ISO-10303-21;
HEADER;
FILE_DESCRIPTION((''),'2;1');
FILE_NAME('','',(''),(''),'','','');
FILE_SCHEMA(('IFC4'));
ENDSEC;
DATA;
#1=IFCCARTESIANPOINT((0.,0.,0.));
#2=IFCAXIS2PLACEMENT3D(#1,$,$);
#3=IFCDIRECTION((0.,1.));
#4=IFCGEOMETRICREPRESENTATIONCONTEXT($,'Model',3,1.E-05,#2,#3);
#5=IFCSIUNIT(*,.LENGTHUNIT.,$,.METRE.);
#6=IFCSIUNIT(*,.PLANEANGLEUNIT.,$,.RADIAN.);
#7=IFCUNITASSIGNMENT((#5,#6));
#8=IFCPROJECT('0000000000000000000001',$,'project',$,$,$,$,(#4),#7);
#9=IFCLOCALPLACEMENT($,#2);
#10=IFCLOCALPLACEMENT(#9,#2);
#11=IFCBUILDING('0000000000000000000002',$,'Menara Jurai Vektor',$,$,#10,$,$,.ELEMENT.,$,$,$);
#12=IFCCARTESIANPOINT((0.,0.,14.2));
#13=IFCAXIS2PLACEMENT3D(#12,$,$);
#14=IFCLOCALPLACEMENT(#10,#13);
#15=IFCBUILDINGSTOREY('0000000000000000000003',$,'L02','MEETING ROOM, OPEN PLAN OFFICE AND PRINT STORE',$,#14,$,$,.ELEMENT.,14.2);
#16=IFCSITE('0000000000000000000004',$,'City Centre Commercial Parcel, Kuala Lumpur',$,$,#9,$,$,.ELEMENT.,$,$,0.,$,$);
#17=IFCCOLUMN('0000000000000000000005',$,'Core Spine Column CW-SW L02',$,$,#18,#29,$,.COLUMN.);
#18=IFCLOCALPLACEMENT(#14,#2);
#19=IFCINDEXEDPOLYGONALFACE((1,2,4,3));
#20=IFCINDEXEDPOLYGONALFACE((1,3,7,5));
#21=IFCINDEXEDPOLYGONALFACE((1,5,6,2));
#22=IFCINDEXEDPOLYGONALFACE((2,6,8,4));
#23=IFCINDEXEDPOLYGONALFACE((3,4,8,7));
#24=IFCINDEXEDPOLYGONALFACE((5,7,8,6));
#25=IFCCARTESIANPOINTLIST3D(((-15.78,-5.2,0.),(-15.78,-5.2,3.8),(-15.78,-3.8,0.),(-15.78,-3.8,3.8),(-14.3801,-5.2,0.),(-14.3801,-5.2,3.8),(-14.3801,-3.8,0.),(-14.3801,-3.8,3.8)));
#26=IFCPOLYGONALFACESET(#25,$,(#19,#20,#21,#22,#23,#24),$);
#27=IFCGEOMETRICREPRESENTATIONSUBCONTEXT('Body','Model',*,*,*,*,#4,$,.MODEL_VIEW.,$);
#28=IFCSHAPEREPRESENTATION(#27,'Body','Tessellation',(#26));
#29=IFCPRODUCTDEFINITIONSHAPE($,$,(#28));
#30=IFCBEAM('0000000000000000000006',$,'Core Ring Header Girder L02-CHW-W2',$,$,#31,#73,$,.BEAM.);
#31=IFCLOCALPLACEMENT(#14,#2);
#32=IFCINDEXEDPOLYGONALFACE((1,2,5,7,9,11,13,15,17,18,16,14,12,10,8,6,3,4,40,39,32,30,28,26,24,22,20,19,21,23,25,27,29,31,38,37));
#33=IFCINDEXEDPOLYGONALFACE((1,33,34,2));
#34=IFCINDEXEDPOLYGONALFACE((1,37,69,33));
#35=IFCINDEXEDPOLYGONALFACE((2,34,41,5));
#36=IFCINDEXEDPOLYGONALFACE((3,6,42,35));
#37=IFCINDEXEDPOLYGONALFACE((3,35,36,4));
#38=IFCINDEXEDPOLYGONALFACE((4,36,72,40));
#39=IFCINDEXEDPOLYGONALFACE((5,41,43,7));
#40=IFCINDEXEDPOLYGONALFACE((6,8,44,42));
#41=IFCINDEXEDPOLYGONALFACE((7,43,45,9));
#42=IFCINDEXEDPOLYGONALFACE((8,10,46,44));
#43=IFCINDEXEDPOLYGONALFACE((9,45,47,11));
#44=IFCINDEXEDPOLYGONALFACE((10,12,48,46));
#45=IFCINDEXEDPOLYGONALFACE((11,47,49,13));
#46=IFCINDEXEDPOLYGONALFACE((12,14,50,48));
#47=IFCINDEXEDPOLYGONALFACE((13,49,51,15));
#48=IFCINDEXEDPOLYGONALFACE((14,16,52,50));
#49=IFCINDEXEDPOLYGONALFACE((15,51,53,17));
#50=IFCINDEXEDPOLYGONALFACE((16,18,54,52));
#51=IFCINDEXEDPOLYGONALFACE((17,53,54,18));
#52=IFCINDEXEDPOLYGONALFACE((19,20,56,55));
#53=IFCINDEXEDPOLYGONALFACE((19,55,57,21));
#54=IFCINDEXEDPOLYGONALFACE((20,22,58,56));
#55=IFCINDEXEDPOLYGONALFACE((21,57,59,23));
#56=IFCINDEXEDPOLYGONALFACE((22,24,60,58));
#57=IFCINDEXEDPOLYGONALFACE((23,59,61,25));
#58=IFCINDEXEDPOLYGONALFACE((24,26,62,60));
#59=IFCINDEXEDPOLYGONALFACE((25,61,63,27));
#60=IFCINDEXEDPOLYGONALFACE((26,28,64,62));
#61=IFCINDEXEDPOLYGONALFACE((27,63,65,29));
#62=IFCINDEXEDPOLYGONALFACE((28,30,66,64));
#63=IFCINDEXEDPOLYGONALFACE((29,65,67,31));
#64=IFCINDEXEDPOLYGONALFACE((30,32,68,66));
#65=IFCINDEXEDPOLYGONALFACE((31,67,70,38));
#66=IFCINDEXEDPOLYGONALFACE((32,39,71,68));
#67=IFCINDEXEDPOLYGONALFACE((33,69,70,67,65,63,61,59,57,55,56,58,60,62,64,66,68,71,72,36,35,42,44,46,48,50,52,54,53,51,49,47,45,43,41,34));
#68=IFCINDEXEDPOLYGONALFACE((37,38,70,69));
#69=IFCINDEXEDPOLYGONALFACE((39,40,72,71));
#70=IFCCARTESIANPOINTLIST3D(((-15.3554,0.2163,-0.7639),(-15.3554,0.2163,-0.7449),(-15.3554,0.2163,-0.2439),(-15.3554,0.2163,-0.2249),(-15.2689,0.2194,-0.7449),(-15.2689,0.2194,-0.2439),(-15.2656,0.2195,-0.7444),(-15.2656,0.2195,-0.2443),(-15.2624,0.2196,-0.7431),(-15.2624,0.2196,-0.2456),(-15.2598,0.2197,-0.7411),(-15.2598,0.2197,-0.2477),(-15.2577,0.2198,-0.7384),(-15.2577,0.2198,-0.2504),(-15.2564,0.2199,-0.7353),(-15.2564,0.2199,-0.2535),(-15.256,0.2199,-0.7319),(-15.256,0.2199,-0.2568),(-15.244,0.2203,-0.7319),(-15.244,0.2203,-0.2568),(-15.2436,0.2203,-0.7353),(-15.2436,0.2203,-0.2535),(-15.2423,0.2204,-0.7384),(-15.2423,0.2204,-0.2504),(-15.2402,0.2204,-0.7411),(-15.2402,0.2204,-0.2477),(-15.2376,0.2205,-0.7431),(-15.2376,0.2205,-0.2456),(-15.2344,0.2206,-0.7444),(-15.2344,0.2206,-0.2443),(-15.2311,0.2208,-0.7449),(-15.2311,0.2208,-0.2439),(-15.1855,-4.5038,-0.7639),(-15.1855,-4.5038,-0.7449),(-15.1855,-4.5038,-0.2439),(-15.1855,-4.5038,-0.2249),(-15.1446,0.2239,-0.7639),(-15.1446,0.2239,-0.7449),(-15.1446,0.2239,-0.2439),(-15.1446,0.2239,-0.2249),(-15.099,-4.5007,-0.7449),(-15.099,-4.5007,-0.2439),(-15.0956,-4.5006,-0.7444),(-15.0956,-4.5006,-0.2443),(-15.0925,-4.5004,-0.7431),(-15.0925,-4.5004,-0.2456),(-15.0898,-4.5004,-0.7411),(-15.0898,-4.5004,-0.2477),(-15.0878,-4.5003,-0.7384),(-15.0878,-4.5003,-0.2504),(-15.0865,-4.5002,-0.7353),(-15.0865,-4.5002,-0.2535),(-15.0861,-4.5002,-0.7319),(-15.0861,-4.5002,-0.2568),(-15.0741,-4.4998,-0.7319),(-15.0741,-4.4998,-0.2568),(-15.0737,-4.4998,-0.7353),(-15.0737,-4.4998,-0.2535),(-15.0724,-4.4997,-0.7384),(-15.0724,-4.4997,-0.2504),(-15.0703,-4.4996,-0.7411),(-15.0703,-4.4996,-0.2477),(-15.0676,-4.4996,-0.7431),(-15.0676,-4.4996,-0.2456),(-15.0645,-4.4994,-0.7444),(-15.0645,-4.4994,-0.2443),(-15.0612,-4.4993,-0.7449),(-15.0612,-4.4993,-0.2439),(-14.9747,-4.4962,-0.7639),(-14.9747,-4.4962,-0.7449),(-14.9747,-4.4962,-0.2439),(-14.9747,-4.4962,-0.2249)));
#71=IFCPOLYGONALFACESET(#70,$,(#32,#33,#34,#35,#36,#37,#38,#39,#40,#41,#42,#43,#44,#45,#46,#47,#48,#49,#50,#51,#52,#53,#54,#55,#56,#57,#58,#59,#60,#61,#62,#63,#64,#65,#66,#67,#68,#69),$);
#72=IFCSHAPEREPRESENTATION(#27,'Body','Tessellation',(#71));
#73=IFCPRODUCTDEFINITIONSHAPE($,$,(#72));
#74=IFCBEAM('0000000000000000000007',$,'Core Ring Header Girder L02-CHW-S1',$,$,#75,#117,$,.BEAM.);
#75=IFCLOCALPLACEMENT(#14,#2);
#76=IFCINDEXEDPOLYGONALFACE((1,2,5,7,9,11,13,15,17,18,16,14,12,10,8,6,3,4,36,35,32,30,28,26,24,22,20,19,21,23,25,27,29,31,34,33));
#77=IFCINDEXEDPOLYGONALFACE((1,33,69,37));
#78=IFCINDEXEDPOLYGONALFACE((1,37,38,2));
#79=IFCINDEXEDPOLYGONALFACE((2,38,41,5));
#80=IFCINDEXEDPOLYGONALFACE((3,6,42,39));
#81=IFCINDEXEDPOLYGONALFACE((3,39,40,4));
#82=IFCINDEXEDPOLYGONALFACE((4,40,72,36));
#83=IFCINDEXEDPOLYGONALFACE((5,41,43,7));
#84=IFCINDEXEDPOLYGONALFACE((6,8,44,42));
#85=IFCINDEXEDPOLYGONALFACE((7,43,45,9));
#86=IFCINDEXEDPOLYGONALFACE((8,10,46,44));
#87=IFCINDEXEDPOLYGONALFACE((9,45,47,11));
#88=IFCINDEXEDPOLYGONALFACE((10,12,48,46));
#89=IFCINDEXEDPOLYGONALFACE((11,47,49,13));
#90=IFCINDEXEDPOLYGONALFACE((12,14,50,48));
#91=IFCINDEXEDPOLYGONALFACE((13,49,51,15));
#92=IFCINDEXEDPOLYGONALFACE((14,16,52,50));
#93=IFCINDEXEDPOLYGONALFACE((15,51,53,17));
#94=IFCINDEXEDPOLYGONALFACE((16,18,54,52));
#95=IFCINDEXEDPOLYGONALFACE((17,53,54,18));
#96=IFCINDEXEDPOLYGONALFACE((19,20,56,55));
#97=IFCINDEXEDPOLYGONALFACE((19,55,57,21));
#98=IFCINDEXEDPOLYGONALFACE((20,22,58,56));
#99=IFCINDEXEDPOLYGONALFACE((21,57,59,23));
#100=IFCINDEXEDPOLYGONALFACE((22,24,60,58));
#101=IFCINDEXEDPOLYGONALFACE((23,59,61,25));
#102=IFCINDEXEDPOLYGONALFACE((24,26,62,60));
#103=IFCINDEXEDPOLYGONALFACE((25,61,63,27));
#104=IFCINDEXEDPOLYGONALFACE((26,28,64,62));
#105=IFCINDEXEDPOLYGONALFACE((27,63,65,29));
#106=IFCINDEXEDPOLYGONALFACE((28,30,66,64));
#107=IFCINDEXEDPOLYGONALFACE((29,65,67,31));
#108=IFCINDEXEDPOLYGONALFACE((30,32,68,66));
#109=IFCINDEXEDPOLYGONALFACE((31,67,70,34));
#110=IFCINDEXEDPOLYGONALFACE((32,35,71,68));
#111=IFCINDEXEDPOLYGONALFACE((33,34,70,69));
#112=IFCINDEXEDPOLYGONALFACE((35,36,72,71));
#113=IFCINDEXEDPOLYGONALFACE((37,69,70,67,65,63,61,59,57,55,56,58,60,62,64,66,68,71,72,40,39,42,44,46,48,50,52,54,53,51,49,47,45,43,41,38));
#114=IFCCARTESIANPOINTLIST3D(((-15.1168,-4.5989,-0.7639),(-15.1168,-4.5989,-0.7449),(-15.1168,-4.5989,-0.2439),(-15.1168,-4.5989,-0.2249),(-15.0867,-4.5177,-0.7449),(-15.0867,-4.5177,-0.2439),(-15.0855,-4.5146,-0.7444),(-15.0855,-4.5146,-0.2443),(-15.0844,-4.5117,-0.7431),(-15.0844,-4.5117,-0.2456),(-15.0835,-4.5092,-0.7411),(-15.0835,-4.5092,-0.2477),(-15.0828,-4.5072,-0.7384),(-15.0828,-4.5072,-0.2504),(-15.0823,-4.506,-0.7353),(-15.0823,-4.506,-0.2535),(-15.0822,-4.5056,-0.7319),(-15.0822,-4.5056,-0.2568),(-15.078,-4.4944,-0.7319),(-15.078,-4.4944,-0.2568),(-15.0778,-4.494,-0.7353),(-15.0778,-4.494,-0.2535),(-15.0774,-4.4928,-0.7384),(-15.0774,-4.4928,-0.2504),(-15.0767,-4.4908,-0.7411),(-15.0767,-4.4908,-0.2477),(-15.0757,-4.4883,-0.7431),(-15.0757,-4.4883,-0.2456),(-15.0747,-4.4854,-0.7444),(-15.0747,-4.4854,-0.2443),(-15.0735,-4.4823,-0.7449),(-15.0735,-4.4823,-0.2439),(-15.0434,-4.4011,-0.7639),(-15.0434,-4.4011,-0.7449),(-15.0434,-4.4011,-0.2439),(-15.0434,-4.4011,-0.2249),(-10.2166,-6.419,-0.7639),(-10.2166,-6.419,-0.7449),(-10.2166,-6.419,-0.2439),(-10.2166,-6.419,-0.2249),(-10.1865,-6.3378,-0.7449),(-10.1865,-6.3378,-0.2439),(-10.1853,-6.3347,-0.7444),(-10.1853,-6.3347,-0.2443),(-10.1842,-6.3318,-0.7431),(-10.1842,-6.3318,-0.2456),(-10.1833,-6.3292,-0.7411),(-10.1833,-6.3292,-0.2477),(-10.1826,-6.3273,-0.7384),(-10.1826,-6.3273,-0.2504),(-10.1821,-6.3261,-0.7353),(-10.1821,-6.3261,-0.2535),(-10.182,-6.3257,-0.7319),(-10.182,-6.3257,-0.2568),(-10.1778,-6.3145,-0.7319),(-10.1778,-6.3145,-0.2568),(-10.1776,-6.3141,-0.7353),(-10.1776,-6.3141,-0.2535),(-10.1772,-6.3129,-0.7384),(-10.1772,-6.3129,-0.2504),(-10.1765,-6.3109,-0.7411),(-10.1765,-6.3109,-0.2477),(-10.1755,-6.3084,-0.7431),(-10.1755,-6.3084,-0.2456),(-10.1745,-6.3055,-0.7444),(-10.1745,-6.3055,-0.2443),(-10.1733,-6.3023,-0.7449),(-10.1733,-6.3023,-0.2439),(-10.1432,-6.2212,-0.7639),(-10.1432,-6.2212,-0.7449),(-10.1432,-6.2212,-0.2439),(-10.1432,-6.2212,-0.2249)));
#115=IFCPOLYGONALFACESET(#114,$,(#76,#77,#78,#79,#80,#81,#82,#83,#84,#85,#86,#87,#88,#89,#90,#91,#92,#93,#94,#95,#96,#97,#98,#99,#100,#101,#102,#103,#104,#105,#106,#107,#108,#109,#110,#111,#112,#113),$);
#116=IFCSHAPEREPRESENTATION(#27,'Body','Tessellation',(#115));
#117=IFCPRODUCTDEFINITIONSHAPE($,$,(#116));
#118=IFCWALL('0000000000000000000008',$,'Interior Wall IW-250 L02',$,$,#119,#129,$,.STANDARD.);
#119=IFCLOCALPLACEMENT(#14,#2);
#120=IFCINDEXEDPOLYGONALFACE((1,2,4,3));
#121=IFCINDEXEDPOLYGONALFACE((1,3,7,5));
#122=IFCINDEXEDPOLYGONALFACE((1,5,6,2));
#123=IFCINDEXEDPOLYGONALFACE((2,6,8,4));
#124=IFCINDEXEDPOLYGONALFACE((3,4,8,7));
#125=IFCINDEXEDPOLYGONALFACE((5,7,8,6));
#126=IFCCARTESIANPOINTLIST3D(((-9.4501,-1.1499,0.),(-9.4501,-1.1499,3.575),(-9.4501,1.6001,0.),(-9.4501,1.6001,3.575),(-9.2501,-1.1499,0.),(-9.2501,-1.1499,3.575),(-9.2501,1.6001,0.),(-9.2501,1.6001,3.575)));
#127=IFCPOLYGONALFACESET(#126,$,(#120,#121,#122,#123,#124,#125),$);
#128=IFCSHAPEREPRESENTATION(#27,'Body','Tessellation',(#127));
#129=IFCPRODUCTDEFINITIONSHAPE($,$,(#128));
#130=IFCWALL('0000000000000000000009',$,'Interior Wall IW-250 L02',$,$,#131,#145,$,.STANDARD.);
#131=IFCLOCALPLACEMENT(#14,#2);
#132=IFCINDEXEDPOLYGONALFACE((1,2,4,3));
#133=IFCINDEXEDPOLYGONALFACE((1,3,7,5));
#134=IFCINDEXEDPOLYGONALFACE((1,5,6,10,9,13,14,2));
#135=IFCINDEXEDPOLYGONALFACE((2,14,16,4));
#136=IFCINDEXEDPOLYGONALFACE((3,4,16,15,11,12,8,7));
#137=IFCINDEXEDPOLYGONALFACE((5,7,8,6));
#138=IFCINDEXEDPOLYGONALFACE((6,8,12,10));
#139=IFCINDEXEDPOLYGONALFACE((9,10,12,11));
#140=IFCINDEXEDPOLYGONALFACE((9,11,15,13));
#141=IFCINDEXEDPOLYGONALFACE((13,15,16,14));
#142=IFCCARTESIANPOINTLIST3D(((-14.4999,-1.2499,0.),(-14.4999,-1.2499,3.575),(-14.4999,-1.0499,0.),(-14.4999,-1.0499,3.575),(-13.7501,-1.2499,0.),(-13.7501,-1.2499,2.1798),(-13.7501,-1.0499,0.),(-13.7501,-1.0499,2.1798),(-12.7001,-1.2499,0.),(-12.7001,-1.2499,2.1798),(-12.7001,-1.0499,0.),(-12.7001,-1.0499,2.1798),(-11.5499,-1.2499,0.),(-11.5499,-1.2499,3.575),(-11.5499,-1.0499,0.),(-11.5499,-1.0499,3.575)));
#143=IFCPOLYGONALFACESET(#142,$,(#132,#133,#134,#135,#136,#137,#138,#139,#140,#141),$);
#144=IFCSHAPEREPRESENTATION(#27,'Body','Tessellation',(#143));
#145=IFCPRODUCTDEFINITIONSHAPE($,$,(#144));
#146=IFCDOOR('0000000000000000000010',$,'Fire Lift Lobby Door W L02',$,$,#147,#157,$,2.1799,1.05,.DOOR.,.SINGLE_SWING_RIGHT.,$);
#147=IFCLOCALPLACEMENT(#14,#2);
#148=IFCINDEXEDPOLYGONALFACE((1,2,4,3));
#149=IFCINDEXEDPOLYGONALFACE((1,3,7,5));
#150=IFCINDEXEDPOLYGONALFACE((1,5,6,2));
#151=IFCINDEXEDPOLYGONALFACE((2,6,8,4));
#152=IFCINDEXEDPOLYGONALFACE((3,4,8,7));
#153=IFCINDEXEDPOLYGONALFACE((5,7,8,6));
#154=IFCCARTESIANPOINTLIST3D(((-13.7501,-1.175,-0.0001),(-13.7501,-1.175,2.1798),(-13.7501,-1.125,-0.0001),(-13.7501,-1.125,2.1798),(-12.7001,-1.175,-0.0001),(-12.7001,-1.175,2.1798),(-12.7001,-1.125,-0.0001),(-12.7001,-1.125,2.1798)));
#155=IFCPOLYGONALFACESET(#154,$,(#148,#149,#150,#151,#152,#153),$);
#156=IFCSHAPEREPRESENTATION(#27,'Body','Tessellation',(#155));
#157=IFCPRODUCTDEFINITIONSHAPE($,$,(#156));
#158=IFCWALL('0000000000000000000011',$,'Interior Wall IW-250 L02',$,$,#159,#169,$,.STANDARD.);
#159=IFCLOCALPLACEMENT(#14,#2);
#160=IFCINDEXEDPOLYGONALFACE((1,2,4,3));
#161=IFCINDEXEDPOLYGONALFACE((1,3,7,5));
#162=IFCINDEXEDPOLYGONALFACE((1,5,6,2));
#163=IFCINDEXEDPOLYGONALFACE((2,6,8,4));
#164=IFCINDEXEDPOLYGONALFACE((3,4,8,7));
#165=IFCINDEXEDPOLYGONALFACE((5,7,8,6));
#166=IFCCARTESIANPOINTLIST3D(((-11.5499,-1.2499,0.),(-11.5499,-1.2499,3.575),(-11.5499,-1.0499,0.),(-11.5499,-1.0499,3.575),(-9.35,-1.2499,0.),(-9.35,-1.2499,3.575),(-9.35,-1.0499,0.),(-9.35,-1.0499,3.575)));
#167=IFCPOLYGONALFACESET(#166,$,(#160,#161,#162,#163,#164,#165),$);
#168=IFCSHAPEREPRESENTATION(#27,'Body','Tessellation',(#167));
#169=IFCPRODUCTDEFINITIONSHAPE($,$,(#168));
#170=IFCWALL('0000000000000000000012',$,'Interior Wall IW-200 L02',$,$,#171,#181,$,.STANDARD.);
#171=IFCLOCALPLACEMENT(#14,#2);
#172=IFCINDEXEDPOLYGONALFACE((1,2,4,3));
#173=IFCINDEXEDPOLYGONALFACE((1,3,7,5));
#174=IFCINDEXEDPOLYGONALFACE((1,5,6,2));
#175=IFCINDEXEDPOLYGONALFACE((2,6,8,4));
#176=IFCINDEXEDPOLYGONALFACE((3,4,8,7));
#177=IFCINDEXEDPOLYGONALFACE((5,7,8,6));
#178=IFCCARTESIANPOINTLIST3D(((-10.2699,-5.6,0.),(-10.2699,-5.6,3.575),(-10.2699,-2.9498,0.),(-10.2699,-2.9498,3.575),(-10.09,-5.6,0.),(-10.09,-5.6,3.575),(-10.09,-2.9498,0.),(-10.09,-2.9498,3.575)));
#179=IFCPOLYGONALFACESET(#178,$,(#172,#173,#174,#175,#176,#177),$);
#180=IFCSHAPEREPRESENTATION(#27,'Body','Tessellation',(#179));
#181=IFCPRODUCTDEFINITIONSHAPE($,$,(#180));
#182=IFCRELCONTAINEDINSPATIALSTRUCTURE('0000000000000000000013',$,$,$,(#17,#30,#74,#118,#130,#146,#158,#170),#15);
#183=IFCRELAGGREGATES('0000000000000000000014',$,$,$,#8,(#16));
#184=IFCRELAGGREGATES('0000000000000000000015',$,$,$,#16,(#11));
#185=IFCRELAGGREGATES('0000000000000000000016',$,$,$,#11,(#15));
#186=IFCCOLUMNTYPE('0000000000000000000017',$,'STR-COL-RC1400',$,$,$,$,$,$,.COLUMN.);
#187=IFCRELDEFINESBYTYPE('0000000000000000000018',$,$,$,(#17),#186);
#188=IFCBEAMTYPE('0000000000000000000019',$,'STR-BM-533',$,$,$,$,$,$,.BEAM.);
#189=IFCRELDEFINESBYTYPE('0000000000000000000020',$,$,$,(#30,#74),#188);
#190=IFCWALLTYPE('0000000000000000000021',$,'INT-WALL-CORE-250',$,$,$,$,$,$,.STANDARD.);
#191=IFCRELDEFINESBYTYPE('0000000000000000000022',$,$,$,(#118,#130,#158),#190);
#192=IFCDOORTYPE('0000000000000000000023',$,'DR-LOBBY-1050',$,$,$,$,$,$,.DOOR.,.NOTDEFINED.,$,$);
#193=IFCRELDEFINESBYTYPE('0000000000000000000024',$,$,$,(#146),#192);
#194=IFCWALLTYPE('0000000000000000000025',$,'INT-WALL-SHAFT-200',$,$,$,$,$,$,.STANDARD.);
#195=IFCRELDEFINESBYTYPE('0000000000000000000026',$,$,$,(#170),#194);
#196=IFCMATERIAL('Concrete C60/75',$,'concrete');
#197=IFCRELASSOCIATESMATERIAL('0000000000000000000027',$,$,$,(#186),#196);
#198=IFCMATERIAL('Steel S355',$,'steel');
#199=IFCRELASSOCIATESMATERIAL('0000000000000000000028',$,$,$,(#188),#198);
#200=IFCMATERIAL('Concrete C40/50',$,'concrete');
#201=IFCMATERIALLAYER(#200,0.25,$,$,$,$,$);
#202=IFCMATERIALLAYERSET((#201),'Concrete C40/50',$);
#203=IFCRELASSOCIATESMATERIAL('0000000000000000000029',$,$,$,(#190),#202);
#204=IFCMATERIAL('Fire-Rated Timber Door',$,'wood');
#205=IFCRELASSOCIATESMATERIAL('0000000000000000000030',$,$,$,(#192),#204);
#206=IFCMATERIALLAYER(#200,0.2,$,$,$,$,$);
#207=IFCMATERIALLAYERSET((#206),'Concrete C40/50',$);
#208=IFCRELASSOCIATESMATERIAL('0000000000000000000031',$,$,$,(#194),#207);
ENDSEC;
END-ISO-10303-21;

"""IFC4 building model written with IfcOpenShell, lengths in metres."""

from ifc_helpers import new_model, si_unit, direction, frame, frame_2d, origin, origin_2d, place, context, subcontext, project, spatial, rectangle, i_section, extrude, material, layer, layer_set, material_profile, profile_set, type_object, element, fill, save


model = new_model("IFC4")

# Units and contexts
model_context = context("Model", 3, precision=1e-05, world=origin(), true_north=direction((0.0, 1.0)))
body_context = subcontext(model_context, "Body", "Model", "MODEL_VIEW")
ifc_project = project(units=[si_unit("LENGTHUNIT", "METRE"), si_unit("PLANEANGLEUNIT", "RADIAN")], contexts=[model_context])

# Site, building, storey
site_placement = place(None, origin())
site = spatial("IfcSite", under=ifc_project, at=site_placement, Name="City Centre Commercial Parcel, Kuala Lumpur", CompositionType="ELEMENT", RefElevation=0.0)
building_placement = place(site_placement, origin())
building = spatial("IfcBuilding", under=site, at=building_placement, Name="Menara Jurai Vektor", CompositionType="ELEMENT")
storey_placement = place(building_placement, frame((0.0, 0.0, 14.2)))
storey = spatial("IfcBuildingStorey", under=building, at=storey_placement, Name="L02", Description="MEETING ROOM, OPEN PLAN OFFICE AND PRINT STORE", CompositionType="ELEMENT", Elevation=14.2)

# Column
ifc_material_1 = material(Name="Concrete C60/75", Category="concrete")
ifc_material_profile_1 = material_profile(ifc_material_1, rectangle(XDim=1.3999, YDim=1.3999, at=origin_2d()), Name="RC 1400x1400")
ifc_profile_set_1 = profile_set([ifc_material_profile_1], Name="Concrete C60/75")
column_type = type_object("IfcColumnType", Name="STR-COL-RC1400", PredefinedType="COLUMN", material=ifc_profile_set_1)
column_placement = place(storey_placement, frame((-15.0801, -4.5, 0.0), z_axis=(0.0, 0.0, 1.0), x_axis=(1.0, 0.0, 0.0)))
element("IfcColumn", 1, at=column_placement, inside=storey, type_object=column_type, Name="Core Spine Column CW-SW L02", PredefinedType="COLUMN", context=body_context, shape_type="SweptSolid", body=[
    extrude(rectangle(XDim=1.3999, YDim=1.3999, at=origin_2d()), origin(), (0.0, 0.0, 1.0), 3.8),
])

# Beams
ifc_material_2 = material(Name="Steel S355", Category="steel")
ifc_material_profile_2 = material_profile(ifc_material_2, i_section(OverallWidth=0.2109, OverallDepth=0.5391, WebThickness=0.012, FlangeThickness=0.019, FilletRadius=0.0129, at=origin_2d()), Name="UKB 533x210x109")
ifc_profile_set_2 = profile_set([ifc_material_profile_2], Name="Steel S355")
beam_type = type_object("IfcBeamType", Name="STR-BM-533", PredefinedType="BEAM", material=ifc_profile_set_2)
beam_1_placement = place(storey_placement, frame((-15.0801, -4.5, -0.4944), z_axis=(-0.035977, 0.999353, 0.0), x_axis=(-0.999353, -0.035977, 0.0)))
element("IfcBeam", 2, at=beam_1_placement, inside=storey, type_object=beam_type, Name="Core Ring Header Girder L02-CHW-W2", PredefinedType="BEAM", context=body_context, shape_type="SweptSolid", body=[
    extrude(i_section(OverallWidth=0.2109, OverallDepth=0.5391, WebThickness=0.012, FlangeThickness=0.019, FilletRadius=0.0129, at=origin_2d()), origin(), (0.0, 0.0, 1.0), 4.7231),
])
beam_2_placement = place(storey_placement, frame((-15.0801, -4.5, -0.4944), z_axis=(0.937424, -0.348189, 0.0), x_axis=(0.348189, 0.937424, 0.0)))
element("IfcBeam", 3, at=beam_2_placement, inside=storey, type_object=beam_type, Name="Core Ring Header Girder L02-CHW-S1", PredefinedType="BEAM", context=body_context, shape_type="SweptSolid", body=[
    extrude(i_section(OverallWidth=0.2109, OverallDepth=0.5391, WebThickness=0.012, FlangeThickness=0.019, FilletRadius=0.0129, at=origin_2d()), origin(), (0.0, 0.0, 1.0), 5.2273),
])

# Shared definitions
ifc_material_3 = material(Name="Concrete C40/50", Category="concrete")
ifc_layer_1 = layer(ifc_material_3, 0.25)
ifc_layer_set_1 = layer_set([ifc_layer_1], Name="Concrete C40/50")
wall_type_1 = type_object("IfcWallType", Name="INT-WALL-CORE-250", PredefinedType="STANDARD", material=ifc_layer_set_1)

# Wall
wall_1_placement = place(storey_placement, frame((-9.3501, -1.1499, 0.0), z_axis=(0.0, 0.0, 1.0), x_axis=(0.0, 1.0, 0.0)))
element("IfcWall", 4, at=wall_1_placement, inside=storey, type_object=wall_type_1, Name="Interior Wall IW-250 L02", PredefinedType="STANDARD", context=body_context, shape_type="SweptSolid", body=[
    extrude(rectangle(XDim=2.75, YDim=0.2, at=frame_2d((1.375, 0.0))), origin(), (0.0, 0.0, 1.0), 3.575),
])

# Wall, opening, door
wall_2_placement = place(storey_placement, frame((-14.5, -1.1499, 0.0), z_axis=(0.0, 0.0, 1.0), x_axis=(1.0, 0.0, 0.0)))
wall_2 = element("IfcWall", 5, at=wall_2_placement, inside=storey, type_object=wall_type_1, Name="Interior Wall IW-250 L02", PredefinedType="STANDARD", context=body_context, shape_type="SweptSolid", body=[
    extrude(rectangle(XDim=2.95, YDim=0.2, at=frame_2d((1.4751, 0.0))), origin(), (0.0, 0.0, 1.0), 3.575),
])
opening_1_placement = place(wall_2_placement, frame((0.75, 0.0, 0.0)))
opening_1 = element("IfcOpeningElement", 6, at=opening_1_placement, cuts=wall_2, PredefinedType="OPENING", context=body_context, shape_type="SweptSolid", body=[
    extrude(rectangle(XDim=1.05, YDim=2.1799, at=frame_2d((0.5249, 1.0898))), frame((0.0, 0.1099, 0.0), z_axis=(0.0, -1.0, 0.0), x_axis=(1.0, 0.0, 0.0)), (0.0, 0.0, 1.0), 0.22),
])
ifc_material_4 = material(Name="Fire-Rated Timber Door", Category="wood")
door_type_1 = type_object("IfcDoorType", Name="DR-LOBBY-1050", OperationType="NOTDEFINED", PredefinedType="DOOR", material=ifc_material_4)
door_1_placement = place(opening_1_placement, origin())
door_1 = element("IfcDoor", 7, at=door_1_placement, inside=storey, type_object=door_type_1, Name="Fire Lift Lobby Door W L02", OperationType="SINGLE_SWING_RIGHT", OverallHeight=2.1799, OverallWidth=1.05, PredefinedType="DOOR", context=body_context, shape_type="SweptSolid", body=[
    extrude(rectangle(XDim=1.05, YDim=2.1799, at=frame_2d((0.5249, 1.0898))), frame((0.0, 0.0249, 0.0), z_axis=(0.0, -1.0, 0.0), x_axis=(1.0, 0.0, 0.0)), (0.0, 0.0, 1.0), 0.05),
])
fill(opening_1, door_1)

# Wall
wall_3_placement = place(storey_placement, frame((-11.55, -1.1499, 0.0), z_axis=(0.0, 0.0, 1.0), x_axis=(1.0, 0.0, 0.0)))
element("IfcWall", 8, at=wall_3_placement, inside=storey, type_object=wall_type_1, Name="Interior Wall IW-250 L02", PredefinedType="STANDARD", context=body_context, shape_type="SweptSolid", body=[
    extrude(rectangle(XDim=2.2, YDim=0.2, at=frame_2d((1.1001, 0.0))), origin(), (0.0, 0.0, 1.0), 3.575),
])

# Shared definitions
ifc_layer_2 = layer(ifc_material_3, 0.2)
ifc_layer_set_2 = layer_set([ifc_layer_2], Name="Concrete C40/50")
wall_type_2 = type_object("IfcWallType", Name="INT-WALL-SHAFT-200", PredefinedType="STANDARD", material=ifc_layer_set_2)

# Wall
for number, where, z_axis, x_axis, name in (
    (9, (-10.1799, -5.6001, 0.0), (0.0, 0.0, 1.0), (0.0, 1.0, 0.0), "Interior Wall IW-200 L02"),
):
    element("IfcWall", number, at=place(storey_placement, frame(where, z_axis=z_axis, x_axis=x_axis)), inside=storey, type_object=wall_type_2, Name=name, PredefinedType="STANDARD", context=body_context, shape_type="SweptSolid", body=[
        extrude(rectangle(XDim=2.6501, YDim=0.1799, at=frame_2d((1.3252, 0.0))), origin(), (0.0, 0.0, 1.0), 3.575),
    ])

save(model, "model.ifc")
